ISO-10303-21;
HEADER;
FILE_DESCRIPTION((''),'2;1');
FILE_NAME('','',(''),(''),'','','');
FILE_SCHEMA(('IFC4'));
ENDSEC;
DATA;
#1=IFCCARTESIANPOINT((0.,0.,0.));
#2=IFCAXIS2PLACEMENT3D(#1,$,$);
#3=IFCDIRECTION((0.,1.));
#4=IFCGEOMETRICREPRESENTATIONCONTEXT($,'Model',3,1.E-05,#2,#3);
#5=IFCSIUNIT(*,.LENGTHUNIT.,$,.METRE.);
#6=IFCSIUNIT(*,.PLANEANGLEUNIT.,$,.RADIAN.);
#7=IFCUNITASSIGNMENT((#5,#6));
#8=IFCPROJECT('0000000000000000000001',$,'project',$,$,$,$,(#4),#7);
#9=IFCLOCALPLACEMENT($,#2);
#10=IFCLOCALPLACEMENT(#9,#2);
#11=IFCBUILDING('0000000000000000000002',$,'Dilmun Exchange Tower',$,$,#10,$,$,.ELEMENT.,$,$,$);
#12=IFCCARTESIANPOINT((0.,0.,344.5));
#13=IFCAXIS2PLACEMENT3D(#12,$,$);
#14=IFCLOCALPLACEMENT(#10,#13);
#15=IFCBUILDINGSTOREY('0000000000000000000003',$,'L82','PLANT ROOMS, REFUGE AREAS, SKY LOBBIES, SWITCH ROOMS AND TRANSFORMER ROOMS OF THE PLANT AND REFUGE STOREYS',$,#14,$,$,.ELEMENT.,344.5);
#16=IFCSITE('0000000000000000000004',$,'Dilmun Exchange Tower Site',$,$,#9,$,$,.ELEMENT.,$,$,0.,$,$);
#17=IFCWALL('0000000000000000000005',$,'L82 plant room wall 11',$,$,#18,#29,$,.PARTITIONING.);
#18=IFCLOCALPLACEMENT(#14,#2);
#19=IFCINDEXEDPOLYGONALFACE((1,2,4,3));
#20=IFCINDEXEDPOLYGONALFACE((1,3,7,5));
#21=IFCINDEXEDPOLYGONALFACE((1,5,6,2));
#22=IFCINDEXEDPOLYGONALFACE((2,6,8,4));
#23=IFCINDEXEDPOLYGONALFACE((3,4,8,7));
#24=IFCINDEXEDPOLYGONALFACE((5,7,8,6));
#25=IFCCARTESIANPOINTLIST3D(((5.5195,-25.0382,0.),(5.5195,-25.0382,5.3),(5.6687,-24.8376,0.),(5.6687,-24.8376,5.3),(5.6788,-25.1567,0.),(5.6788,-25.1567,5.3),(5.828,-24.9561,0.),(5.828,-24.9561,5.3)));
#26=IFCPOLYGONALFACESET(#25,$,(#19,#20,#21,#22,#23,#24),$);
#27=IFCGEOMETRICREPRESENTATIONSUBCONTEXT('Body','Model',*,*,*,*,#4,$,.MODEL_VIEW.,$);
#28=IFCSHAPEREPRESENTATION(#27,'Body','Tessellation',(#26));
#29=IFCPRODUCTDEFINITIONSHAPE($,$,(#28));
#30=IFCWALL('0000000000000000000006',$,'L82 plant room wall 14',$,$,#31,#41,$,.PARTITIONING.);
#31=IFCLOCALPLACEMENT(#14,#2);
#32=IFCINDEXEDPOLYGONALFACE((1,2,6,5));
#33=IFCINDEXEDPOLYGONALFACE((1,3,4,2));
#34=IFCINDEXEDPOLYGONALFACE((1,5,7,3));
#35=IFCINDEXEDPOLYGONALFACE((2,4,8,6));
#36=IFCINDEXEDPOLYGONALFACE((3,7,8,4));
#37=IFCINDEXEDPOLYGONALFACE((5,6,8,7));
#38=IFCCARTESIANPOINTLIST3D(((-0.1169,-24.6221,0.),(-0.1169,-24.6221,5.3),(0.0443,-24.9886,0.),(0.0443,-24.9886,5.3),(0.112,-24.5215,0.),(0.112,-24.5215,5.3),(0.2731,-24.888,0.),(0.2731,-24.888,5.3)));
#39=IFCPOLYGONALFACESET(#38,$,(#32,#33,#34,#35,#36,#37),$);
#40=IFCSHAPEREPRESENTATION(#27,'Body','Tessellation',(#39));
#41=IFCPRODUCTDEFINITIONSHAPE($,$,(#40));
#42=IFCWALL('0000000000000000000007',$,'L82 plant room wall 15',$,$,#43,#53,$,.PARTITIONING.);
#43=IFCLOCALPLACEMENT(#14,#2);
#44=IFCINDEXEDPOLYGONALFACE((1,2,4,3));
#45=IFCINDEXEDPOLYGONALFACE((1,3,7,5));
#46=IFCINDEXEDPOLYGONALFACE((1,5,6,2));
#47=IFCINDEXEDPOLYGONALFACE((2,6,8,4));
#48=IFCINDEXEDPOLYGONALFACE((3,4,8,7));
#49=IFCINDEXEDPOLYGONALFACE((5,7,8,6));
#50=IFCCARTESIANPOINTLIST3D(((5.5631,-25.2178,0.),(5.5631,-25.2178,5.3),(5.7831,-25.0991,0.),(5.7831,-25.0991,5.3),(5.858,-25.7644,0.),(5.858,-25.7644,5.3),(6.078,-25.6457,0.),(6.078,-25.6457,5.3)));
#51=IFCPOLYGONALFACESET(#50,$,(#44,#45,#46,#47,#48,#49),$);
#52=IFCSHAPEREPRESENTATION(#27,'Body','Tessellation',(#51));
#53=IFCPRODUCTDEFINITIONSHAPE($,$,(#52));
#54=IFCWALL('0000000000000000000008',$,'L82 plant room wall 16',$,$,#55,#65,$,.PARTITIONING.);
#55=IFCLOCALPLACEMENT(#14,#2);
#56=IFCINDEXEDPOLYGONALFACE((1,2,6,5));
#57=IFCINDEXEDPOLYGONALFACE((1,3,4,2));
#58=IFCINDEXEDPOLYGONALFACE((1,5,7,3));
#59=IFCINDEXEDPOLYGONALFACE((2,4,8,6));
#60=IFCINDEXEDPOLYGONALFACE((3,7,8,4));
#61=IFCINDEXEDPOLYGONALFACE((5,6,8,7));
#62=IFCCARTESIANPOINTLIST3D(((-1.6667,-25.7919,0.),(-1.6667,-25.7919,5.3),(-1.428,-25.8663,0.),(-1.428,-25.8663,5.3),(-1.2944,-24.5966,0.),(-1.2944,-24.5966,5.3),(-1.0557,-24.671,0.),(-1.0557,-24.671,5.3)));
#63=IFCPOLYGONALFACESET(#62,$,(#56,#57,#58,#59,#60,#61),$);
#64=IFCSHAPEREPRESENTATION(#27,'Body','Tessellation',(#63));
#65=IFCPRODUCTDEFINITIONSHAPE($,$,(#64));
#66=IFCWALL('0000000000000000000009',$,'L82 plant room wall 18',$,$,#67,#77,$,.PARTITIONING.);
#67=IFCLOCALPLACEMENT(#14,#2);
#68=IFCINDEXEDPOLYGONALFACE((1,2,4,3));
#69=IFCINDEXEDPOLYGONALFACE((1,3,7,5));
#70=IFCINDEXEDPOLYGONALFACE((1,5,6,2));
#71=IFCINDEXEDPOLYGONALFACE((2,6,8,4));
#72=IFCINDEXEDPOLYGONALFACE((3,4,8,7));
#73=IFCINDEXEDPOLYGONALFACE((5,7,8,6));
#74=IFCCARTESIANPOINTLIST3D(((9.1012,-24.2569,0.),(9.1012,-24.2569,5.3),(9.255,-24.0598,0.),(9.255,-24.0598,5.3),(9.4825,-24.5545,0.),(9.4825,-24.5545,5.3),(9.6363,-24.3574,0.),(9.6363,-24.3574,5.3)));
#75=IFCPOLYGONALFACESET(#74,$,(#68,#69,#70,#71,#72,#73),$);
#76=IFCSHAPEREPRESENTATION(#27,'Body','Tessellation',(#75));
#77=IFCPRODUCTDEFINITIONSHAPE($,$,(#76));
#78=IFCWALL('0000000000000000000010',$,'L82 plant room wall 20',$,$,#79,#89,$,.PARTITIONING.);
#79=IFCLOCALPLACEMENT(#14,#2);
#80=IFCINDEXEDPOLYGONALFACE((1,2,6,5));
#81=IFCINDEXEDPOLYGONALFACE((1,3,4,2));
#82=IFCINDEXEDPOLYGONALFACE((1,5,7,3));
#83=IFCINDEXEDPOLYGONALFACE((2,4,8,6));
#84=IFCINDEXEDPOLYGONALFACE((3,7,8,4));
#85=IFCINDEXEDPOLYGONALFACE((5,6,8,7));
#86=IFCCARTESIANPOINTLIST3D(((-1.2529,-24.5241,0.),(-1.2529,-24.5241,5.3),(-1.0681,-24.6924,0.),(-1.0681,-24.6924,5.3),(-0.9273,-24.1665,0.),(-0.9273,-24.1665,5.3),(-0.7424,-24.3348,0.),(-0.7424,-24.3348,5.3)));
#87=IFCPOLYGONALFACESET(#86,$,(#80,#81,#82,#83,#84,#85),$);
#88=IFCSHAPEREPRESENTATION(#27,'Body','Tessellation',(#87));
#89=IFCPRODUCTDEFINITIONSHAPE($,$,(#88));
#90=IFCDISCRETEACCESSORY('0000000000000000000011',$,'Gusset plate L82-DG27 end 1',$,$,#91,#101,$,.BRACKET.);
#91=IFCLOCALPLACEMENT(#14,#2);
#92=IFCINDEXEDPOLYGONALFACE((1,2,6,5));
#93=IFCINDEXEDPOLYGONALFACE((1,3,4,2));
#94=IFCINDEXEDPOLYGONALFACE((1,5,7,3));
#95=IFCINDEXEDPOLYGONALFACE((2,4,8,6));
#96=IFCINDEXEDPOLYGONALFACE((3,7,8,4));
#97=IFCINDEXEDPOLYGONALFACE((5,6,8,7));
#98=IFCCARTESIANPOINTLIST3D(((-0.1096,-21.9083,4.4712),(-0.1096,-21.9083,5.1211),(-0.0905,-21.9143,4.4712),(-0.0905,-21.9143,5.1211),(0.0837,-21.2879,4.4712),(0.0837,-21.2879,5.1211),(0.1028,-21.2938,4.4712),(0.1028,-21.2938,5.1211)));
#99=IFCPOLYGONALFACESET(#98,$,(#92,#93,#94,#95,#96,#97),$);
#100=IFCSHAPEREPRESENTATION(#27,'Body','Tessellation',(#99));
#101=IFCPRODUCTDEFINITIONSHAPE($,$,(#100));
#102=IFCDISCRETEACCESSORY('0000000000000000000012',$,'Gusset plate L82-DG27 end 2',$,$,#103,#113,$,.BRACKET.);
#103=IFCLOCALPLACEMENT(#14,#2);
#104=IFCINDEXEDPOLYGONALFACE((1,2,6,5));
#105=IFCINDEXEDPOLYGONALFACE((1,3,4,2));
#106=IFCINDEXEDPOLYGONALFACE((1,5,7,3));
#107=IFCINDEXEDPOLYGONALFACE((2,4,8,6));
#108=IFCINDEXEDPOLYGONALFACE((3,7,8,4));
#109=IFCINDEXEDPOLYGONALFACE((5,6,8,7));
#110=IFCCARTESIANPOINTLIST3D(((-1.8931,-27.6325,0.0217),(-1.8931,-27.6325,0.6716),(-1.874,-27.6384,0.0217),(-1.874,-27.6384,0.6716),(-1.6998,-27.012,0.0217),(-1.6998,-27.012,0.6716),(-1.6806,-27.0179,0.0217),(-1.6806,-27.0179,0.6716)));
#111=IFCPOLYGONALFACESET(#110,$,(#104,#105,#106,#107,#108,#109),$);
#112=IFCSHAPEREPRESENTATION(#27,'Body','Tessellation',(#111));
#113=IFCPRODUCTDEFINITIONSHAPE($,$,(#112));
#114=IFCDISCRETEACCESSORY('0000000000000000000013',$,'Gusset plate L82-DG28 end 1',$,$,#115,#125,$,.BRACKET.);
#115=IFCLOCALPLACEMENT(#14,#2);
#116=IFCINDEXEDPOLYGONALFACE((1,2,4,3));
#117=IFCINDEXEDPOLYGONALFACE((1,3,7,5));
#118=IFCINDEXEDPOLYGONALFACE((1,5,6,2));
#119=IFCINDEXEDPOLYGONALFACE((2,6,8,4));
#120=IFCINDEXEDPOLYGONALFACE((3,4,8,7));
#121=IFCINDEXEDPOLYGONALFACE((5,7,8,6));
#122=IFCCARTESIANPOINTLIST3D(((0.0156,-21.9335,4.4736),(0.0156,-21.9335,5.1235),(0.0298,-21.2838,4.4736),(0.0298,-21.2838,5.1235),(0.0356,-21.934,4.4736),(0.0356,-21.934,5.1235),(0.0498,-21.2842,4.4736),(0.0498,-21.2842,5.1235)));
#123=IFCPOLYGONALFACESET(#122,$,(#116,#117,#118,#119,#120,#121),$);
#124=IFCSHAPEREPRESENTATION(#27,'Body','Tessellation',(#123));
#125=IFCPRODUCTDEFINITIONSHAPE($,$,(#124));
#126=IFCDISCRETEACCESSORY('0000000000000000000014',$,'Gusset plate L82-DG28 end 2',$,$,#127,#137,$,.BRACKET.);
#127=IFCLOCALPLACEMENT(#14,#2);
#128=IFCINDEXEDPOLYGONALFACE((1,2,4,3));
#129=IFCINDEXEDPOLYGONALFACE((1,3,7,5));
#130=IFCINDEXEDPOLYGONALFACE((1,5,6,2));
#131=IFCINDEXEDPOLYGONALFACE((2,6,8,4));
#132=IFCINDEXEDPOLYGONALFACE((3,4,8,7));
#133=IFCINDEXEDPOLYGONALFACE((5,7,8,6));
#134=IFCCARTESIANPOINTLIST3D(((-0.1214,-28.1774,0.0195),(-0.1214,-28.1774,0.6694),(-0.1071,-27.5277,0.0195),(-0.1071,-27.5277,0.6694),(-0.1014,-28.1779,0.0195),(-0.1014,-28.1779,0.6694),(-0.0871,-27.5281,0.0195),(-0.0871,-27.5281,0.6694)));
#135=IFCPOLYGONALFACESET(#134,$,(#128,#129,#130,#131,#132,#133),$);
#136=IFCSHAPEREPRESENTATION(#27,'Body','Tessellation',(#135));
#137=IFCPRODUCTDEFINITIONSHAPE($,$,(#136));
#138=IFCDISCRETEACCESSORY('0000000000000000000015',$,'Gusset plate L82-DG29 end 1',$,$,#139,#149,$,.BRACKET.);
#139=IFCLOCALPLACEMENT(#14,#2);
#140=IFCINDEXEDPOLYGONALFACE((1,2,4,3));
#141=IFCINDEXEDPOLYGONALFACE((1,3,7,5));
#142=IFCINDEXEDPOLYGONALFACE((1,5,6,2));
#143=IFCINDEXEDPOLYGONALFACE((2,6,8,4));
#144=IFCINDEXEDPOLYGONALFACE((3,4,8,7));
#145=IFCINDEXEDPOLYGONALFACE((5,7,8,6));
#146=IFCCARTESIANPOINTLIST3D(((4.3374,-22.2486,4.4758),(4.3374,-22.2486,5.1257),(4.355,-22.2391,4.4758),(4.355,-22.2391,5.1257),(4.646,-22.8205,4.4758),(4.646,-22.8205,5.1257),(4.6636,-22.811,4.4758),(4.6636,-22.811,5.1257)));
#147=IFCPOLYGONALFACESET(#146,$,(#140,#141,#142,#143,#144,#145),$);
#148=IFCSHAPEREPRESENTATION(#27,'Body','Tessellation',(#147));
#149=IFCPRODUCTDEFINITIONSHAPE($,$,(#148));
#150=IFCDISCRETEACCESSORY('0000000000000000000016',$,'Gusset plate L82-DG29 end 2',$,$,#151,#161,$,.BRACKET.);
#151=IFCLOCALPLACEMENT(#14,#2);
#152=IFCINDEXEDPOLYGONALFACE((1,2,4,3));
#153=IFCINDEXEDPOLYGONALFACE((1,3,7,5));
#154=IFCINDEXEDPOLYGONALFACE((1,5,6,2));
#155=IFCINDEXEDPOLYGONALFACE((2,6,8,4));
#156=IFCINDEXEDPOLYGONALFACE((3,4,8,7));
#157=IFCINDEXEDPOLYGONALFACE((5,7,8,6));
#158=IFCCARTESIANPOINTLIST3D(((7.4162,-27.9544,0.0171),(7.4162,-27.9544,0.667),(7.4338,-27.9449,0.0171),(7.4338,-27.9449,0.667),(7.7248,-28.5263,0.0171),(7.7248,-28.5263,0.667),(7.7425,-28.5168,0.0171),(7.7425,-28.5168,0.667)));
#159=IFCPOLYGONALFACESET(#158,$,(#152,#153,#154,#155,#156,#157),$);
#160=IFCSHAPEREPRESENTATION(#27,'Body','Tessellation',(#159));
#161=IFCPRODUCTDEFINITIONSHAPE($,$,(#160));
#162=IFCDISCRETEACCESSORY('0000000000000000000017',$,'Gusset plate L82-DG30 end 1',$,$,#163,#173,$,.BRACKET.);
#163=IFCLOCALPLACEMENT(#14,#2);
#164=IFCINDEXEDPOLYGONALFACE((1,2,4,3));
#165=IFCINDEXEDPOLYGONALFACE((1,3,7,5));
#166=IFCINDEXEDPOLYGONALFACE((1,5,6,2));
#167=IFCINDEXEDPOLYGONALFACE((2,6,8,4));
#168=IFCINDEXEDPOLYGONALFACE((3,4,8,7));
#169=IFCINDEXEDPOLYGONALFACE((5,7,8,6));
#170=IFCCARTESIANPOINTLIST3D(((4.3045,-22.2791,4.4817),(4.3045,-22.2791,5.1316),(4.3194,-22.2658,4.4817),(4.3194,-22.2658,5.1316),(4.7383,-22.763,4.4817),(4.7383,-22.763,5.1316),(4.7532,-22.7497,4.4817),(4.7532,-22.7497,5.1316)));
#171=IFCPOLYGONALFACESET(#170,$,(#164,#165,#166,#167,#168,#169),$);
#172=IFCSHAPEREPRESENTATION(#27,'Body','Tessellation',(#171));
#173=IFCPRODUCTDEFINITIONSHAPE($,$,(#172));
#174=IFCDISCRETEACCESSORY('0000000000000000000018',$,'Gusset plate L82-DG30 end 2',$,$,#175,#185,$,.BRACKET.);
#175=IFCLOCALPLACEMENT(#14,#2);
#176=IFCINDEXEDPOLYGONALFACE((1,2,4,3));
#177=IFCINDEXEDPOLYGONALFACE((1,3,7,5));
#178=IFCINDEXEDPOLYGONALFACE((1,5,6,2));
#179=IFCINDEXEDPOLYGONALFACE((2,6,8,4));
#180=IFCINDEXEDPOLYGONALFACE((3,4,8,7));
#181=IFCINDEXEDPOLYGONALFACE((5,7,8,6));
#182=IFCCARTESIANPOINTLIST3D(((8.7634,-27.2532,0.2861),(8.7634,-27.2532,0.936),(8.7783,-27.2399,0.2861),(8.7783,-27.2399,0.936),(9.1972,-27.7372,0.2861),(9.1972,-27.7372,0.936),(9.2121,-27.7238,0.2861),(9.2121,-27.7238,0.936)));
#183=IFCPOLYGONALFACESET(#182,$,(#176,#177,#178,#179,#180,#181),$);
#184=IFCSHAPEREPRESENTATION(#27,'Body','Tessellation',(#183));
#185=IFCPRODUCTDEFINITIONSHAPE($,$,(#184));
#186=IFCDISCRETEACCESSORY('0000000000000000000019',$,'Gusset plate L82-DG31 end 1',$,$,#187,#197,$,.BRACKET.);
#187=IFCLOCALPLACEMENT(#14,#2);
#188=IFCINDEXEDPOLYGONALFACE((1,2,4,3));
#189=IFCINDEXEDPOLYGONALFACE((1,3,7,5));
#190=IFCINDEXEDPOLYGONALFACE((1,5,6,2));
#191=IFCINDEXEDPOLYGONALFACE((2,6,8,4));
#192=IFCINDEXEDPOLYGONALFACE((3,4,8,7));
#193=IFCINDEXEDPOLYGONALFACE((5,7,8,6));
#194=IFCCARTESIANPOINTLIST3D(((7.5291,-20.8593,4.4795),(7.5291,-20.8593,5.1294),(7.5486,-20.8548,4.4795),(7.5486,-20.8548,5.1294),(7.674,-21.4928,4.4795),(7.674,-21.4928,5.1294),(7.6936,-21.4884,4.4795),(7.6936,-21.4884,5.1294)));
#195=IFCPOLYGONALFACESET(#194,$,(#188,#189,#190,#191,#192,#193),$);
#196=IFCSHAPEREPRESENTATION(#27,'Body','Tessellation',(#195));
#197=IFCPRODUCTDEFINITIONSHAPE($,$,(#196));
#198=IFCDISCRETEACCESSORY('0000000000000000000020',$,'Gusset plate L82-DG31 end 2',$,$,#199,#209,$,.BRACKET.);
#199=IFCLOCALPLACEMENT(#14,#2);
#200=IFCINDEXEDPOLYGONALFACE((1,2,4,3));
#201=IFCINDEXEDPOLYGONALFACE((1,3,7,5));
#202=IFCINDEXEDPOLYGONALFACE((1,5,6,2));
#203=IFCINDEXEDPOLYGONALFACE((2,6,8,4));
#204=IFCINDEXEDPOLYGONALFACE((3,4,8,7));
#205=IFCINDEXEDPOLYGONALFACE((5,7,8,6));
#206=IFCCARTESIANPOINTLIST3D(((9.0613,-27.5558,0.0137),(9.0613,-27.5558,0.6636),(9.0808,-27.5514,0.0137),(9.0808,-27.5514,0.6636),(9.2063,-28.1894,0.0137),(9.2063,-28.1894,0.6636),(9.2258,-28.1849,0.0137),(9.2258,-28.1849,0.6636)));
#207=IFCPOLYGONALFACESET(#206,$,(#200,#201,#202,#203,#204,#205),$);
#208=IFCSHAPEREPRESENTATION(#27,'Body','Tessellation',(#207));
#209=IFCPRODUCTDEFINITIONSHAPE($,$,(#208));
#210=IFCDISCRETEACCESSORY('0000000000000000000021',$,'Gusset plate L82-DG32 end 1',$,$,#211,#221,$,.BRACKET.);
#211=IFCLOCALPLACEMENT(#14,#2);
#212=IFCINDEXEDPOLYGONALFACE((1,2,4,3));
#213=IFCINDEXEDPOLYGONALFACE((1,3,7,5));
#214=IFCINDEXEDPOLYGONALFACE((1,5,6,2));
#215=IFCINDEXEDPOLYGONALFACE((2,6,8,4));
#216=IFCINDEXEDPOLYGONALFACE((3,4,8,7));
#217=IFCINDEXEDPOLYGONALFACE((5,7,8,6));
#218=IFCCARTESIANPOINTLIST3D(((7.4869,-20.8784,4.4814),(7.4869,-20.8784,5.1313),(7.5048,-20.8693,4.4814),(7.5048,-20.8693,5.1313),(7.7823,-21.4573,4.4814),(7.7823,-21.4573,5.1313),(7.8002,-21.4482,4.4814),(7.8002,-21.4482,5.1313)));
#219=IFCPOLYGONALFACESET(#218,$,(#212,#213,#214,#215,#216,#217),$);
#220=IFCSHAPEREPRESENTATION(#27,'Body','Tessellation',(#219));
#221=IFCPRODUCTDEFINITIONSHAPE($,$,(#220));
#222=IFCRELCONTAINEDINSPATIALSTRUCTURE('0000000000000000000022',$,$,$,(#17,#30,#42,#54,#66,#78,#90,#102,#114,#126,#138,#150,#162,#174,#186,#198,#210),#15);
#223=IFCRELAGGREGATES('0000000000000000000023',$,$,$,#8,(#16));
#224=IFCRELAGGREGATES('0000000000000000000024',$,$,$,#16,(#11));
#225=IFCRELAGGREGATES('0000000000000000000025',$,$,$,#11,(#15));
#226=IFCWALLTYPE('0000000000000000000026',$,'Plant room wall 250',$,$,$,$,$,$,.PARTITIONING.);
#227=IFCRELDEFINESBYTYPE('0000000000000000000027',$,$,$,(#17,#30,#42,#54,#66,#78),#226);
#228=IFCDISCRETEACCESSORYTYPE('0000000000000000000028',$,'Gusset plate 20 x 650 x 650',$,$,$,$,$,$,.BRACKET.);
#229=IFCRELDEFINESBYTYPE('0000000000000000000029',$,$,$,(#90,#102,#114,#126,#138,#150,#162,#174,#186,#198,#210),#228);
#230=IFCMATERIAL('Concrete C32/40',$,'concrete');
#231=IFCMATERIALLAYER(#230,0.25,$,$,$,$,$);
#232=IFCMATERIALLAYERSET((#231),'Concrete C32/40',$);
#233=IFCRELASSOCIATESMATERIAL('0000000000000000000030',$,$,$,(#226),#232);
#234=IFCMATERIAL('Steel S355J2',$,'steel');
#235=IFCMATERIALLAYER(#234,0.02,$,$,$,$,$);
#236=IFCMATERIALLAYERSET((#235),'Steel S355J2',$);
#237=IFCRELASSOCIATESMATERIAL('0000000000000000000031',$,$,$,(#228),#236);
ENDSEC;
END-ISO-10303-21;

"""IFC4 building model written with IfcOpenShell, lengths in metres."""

from ifc_helpers import new_model, si_unit, direction, frame, frame_2d, origin, origin_2d, place, context, subcontext, project, spatial, rectangle, extrude, material, layer, layer_set, type_object, element, save


model = new_model("IFC4")

# Units and contexts
model_context = context("Model", 3, precision=1e-05, world=origin(), true_north=direction((0.0, 1.0)))
body_context = subcontext(model_context, "Body", "Model", "MODEL_VIEW")
ifc_project = project(units=[si_unit("LENGTHUNIT", "METRE"), si_unit("PLANEANGLEUNIT", "RADIAN")], contexts=[model_context])

# Site, building, storey
site_placement = place(None, origin())
site = spatial("IfcSite", under=ifc_project, at=site_placement, Name="Dilmun Exchange Tower Site", CompositionType="ELEMENT", RefElevation=0.0)
building_placement = place(site_placement, origin())
building = spatial("IfcBuilding", under=site, at=building_placement, Name="Dilmun Exchange Tower", CompositionType="ELEMENT")
storey_placement = place(building_placement, frame((0.0, 0.0, 344.5)))
storey = spatial("IfcBuildingStorey", under=building, at=storey_placement, Name="L82", Description="PLANT ROOMS, REFUGE AREAS, SKY LOBBIES, SWITCH ROOMS AND TRANSFORMER ROOMS OF THE PLANT AND REFUGE STOREYS", CompositionType="ELEMENT", Elevation=344.5)

# Walls
ifc_material_1 = material(Name="Concrete C32/40", Category="concrete")
ifc_layer_1 = layer(ifc_material_1, 0.25)
ifc_layer_set_1 = layer_set([ifc_layer_1], Name="Concrete C32/40")
wall_type = type_object("IfcWallType", Name="Plant room wall 250", PredefinedType="PARTITIONING", material=ifc_layer_set_1)
wall_1_placement = place(storey_placement, frame((5.5942, -24.938, 0.0), z_axis=(0.0, 0.0, 1.0), x_axis=(0.802357, -0.596845, 0.0)))
element("IfcWall", 1, at=wall_1_placement, inside=storey, type_object=wall_type, Name="L82 plant room wall 11", PredefinedType="PARTITIONING", context=body_context, shape_type="SweptSolid", body=[
    extrude(rectangle(XDim=0.1985, YDim=0.25, at=frame_2d((0.0991, 0.0))), origin(), (0.0, 0.0, 1.0), 5.3),
])
wall_2_placement = place(storey_placement, frame((-0.0024, -24.5718, 0.0), z_axis=(0.0, 0.0, 1.0), x_axis=(0.402514, -0.915414, 0.0)))
element("IfcWall", 2, at=wall_2_placement, inside=storey, type_object=wall_type, Name="L82 plant room wall 14", PredefinedType="PARTITIONING", context=body_context, shape_type="SweptSolid", body=[
    extrude(rectangle(XDim=0.4004, YDim=0.25, at=frame_2d((0.2002, 0.0))), origin(), (0.0, 0.0, 1.0), 5.3),
])
wall_3_placement = place(storey_placement, frame((5.6731, -25.1584, 0.0), z_axis=(0.0, 0.0, 1.0), x_axis=(0.474826, -0.88008, 0.0)))
element("IfcWall", 3, at=wall_3_placement, inside=storey, type_object=wall_type, Name="L82 plant room wall 15", PredefinedType="PARTITIONING", context=body_context, shape_type="SweptSolid", body=[
    extrude(rectangle(XDim=0.6211, YDim=0.25, at=frame_2d((0.3105, 0.0))), origin(), (0.0, 0.0, 1.0), 5.3),
])
wall_4_placement = place(storey_placement, frame((-1.5474, -25.8291, 0.0), z_axis=(0.0, 0.0, 1.0), x_axis=(0.297387, 0.954757, 0.0)))
element("IfcWall", 4, at=wall_4_placement, inside=storey, type_object=wall_type, Name="L82 plant room wall 16", PredefinedType="PARTITIONING", context=body_context, shape_type="SweptSolid", body=[
    extrude(rectangle(XDim=1.252, YDim=0.25, at=frame_2d((0.626, 0.0))), origin(), (0.0, 0.0, 1.0), 5.3),
])
for number, where, z_axis, x_axis, name in (
    (5, (9.1782, -24.1584, 0.0), (0.0, 0.0, 1.0), (0.788346, -0.615233, 0.0), "L82 plant room wall 18"),
    (6, (-1.1604, -24.6082, 0.0), (0.0, 0.0, 1.0), (0.673275, 0.739392, 0.0), "L82 plant room wall 20"),
):
    element("IfcWall", number, at=place(storey_placement, frame(where, z_axis=z_axis, x_axis=x_axis)), inside=storey, type_object=wall_type, Name=name, PredefinedType="PARTITIONING", context=body_context, shape_type="SweptSolid", body=[
        extrude(rectangle(XDim=0.4836, YDim=0.25, at=frame_2d((0.2417, 0.0))), origin(), (0.0, 0.0, 1.0), 5.3),
    ])

# Discrete accessories
ifc_material_2 = material(Name="Steel S355J2", Category="steel")
ifc_layer_2 = layer(ifc_material_2, 0.02)
ifc_layer_set_2 = layer_set([ifc_layer_2], Name="Steel S355J2")
discrete_accessory_type = type_object("IfcDiscreteAccessoryType", Name="Gusset plate 20 x 650 x 650", PredefinedType="BRACKET", material=ifc_layer_set_2)
for number, where, z_axis, x_axis, name in (
    (7, (-0.0034, -21.6011, 4.4712), (0.0, 0.0, 1.0), (-0.29747, -0.954731, 0.0), "Gusset plate L82-DG27 end 1"),
    (8, (-1.7869, -27.3252, 0.0217), (0.0, 0.0, 1.0), (-0.29747, -0.954731, 0.0), "Gusset plate L82-DG27 end 2"),
    (9, (0.0327, -21.6089, 4.4736), (0.0, 0.0, 1.0), (-0.021904, -0.99976, 0.0), "Gusset plate L82-DG28 end 1"),
    (10, (-0.1042, -27.8528, 0.0195), (0.0, 0.0, 1.0), (-0.021904, -0.99976, 0.0), "Gusset plate L82-DG28 end 2"),
    (11, (4.5005, -22.5298, 4.4758), (0.0, 0.0, 1.0), (0.474872, -0.880055, 0.0), "Gusset plate L82-DG29 end 1"),
    (12, (7.5793, -28.2356, 0.0171), (0.0, 0.0, 1.0), (0.474872, -0.880055, 0.0), "Gusset plate L82-DG29 end 2"),
    (13, (4.5288, -22.5144, 4.4817), (0.0, 0.0, 1.0), (0.667495, -0.744615, 0.0), "Gusset plate L82-DG30 end 1"),
    (14, (8.9878, -27.4885, 0.2861), (0.0, 0.0, 1.0), (0.667495, -0.744615, 0.0), "Gusset plate L82-DG30 end 2"),
    (15, (7.6113, -21.1738, 4.4795), (0.0, 0.0, 1.0), (0.223043, -0.974809, 0.0), "Gusset plate L82-DG31 end 1"),
    (16, (9.1436, -27.8704, 0.0137), (0.0, 0.0, 1.0), (0.223043, -0.974809, 0.0), "Gusset plate L82-DG31 end 2"),
    (17, (7.6436, -21.1633, 4.4814), (0.0, 0.0, 1.0), (0.454514, -0.890739, 0.0), "Gusset plate L82-DG32 end 1"),
):
    element("IfcDiscreteAccessory", number, at=place(storey_placement, frame(where, z_axis=z_axis, x_axis=x_axis)), inside=storey, type_object=discrete_accessory_type, Name=name, PredefinedType="BRACKET", context=body_context, shape_type="SweptSolid", body=[
        extrude(rectangle(XDim=0.6499, YDim=0.02, at=origin_2d()), origin(), (0.0, 0.0, 1.0), 0.6499),
    ])

save(model, "model.ifc")
